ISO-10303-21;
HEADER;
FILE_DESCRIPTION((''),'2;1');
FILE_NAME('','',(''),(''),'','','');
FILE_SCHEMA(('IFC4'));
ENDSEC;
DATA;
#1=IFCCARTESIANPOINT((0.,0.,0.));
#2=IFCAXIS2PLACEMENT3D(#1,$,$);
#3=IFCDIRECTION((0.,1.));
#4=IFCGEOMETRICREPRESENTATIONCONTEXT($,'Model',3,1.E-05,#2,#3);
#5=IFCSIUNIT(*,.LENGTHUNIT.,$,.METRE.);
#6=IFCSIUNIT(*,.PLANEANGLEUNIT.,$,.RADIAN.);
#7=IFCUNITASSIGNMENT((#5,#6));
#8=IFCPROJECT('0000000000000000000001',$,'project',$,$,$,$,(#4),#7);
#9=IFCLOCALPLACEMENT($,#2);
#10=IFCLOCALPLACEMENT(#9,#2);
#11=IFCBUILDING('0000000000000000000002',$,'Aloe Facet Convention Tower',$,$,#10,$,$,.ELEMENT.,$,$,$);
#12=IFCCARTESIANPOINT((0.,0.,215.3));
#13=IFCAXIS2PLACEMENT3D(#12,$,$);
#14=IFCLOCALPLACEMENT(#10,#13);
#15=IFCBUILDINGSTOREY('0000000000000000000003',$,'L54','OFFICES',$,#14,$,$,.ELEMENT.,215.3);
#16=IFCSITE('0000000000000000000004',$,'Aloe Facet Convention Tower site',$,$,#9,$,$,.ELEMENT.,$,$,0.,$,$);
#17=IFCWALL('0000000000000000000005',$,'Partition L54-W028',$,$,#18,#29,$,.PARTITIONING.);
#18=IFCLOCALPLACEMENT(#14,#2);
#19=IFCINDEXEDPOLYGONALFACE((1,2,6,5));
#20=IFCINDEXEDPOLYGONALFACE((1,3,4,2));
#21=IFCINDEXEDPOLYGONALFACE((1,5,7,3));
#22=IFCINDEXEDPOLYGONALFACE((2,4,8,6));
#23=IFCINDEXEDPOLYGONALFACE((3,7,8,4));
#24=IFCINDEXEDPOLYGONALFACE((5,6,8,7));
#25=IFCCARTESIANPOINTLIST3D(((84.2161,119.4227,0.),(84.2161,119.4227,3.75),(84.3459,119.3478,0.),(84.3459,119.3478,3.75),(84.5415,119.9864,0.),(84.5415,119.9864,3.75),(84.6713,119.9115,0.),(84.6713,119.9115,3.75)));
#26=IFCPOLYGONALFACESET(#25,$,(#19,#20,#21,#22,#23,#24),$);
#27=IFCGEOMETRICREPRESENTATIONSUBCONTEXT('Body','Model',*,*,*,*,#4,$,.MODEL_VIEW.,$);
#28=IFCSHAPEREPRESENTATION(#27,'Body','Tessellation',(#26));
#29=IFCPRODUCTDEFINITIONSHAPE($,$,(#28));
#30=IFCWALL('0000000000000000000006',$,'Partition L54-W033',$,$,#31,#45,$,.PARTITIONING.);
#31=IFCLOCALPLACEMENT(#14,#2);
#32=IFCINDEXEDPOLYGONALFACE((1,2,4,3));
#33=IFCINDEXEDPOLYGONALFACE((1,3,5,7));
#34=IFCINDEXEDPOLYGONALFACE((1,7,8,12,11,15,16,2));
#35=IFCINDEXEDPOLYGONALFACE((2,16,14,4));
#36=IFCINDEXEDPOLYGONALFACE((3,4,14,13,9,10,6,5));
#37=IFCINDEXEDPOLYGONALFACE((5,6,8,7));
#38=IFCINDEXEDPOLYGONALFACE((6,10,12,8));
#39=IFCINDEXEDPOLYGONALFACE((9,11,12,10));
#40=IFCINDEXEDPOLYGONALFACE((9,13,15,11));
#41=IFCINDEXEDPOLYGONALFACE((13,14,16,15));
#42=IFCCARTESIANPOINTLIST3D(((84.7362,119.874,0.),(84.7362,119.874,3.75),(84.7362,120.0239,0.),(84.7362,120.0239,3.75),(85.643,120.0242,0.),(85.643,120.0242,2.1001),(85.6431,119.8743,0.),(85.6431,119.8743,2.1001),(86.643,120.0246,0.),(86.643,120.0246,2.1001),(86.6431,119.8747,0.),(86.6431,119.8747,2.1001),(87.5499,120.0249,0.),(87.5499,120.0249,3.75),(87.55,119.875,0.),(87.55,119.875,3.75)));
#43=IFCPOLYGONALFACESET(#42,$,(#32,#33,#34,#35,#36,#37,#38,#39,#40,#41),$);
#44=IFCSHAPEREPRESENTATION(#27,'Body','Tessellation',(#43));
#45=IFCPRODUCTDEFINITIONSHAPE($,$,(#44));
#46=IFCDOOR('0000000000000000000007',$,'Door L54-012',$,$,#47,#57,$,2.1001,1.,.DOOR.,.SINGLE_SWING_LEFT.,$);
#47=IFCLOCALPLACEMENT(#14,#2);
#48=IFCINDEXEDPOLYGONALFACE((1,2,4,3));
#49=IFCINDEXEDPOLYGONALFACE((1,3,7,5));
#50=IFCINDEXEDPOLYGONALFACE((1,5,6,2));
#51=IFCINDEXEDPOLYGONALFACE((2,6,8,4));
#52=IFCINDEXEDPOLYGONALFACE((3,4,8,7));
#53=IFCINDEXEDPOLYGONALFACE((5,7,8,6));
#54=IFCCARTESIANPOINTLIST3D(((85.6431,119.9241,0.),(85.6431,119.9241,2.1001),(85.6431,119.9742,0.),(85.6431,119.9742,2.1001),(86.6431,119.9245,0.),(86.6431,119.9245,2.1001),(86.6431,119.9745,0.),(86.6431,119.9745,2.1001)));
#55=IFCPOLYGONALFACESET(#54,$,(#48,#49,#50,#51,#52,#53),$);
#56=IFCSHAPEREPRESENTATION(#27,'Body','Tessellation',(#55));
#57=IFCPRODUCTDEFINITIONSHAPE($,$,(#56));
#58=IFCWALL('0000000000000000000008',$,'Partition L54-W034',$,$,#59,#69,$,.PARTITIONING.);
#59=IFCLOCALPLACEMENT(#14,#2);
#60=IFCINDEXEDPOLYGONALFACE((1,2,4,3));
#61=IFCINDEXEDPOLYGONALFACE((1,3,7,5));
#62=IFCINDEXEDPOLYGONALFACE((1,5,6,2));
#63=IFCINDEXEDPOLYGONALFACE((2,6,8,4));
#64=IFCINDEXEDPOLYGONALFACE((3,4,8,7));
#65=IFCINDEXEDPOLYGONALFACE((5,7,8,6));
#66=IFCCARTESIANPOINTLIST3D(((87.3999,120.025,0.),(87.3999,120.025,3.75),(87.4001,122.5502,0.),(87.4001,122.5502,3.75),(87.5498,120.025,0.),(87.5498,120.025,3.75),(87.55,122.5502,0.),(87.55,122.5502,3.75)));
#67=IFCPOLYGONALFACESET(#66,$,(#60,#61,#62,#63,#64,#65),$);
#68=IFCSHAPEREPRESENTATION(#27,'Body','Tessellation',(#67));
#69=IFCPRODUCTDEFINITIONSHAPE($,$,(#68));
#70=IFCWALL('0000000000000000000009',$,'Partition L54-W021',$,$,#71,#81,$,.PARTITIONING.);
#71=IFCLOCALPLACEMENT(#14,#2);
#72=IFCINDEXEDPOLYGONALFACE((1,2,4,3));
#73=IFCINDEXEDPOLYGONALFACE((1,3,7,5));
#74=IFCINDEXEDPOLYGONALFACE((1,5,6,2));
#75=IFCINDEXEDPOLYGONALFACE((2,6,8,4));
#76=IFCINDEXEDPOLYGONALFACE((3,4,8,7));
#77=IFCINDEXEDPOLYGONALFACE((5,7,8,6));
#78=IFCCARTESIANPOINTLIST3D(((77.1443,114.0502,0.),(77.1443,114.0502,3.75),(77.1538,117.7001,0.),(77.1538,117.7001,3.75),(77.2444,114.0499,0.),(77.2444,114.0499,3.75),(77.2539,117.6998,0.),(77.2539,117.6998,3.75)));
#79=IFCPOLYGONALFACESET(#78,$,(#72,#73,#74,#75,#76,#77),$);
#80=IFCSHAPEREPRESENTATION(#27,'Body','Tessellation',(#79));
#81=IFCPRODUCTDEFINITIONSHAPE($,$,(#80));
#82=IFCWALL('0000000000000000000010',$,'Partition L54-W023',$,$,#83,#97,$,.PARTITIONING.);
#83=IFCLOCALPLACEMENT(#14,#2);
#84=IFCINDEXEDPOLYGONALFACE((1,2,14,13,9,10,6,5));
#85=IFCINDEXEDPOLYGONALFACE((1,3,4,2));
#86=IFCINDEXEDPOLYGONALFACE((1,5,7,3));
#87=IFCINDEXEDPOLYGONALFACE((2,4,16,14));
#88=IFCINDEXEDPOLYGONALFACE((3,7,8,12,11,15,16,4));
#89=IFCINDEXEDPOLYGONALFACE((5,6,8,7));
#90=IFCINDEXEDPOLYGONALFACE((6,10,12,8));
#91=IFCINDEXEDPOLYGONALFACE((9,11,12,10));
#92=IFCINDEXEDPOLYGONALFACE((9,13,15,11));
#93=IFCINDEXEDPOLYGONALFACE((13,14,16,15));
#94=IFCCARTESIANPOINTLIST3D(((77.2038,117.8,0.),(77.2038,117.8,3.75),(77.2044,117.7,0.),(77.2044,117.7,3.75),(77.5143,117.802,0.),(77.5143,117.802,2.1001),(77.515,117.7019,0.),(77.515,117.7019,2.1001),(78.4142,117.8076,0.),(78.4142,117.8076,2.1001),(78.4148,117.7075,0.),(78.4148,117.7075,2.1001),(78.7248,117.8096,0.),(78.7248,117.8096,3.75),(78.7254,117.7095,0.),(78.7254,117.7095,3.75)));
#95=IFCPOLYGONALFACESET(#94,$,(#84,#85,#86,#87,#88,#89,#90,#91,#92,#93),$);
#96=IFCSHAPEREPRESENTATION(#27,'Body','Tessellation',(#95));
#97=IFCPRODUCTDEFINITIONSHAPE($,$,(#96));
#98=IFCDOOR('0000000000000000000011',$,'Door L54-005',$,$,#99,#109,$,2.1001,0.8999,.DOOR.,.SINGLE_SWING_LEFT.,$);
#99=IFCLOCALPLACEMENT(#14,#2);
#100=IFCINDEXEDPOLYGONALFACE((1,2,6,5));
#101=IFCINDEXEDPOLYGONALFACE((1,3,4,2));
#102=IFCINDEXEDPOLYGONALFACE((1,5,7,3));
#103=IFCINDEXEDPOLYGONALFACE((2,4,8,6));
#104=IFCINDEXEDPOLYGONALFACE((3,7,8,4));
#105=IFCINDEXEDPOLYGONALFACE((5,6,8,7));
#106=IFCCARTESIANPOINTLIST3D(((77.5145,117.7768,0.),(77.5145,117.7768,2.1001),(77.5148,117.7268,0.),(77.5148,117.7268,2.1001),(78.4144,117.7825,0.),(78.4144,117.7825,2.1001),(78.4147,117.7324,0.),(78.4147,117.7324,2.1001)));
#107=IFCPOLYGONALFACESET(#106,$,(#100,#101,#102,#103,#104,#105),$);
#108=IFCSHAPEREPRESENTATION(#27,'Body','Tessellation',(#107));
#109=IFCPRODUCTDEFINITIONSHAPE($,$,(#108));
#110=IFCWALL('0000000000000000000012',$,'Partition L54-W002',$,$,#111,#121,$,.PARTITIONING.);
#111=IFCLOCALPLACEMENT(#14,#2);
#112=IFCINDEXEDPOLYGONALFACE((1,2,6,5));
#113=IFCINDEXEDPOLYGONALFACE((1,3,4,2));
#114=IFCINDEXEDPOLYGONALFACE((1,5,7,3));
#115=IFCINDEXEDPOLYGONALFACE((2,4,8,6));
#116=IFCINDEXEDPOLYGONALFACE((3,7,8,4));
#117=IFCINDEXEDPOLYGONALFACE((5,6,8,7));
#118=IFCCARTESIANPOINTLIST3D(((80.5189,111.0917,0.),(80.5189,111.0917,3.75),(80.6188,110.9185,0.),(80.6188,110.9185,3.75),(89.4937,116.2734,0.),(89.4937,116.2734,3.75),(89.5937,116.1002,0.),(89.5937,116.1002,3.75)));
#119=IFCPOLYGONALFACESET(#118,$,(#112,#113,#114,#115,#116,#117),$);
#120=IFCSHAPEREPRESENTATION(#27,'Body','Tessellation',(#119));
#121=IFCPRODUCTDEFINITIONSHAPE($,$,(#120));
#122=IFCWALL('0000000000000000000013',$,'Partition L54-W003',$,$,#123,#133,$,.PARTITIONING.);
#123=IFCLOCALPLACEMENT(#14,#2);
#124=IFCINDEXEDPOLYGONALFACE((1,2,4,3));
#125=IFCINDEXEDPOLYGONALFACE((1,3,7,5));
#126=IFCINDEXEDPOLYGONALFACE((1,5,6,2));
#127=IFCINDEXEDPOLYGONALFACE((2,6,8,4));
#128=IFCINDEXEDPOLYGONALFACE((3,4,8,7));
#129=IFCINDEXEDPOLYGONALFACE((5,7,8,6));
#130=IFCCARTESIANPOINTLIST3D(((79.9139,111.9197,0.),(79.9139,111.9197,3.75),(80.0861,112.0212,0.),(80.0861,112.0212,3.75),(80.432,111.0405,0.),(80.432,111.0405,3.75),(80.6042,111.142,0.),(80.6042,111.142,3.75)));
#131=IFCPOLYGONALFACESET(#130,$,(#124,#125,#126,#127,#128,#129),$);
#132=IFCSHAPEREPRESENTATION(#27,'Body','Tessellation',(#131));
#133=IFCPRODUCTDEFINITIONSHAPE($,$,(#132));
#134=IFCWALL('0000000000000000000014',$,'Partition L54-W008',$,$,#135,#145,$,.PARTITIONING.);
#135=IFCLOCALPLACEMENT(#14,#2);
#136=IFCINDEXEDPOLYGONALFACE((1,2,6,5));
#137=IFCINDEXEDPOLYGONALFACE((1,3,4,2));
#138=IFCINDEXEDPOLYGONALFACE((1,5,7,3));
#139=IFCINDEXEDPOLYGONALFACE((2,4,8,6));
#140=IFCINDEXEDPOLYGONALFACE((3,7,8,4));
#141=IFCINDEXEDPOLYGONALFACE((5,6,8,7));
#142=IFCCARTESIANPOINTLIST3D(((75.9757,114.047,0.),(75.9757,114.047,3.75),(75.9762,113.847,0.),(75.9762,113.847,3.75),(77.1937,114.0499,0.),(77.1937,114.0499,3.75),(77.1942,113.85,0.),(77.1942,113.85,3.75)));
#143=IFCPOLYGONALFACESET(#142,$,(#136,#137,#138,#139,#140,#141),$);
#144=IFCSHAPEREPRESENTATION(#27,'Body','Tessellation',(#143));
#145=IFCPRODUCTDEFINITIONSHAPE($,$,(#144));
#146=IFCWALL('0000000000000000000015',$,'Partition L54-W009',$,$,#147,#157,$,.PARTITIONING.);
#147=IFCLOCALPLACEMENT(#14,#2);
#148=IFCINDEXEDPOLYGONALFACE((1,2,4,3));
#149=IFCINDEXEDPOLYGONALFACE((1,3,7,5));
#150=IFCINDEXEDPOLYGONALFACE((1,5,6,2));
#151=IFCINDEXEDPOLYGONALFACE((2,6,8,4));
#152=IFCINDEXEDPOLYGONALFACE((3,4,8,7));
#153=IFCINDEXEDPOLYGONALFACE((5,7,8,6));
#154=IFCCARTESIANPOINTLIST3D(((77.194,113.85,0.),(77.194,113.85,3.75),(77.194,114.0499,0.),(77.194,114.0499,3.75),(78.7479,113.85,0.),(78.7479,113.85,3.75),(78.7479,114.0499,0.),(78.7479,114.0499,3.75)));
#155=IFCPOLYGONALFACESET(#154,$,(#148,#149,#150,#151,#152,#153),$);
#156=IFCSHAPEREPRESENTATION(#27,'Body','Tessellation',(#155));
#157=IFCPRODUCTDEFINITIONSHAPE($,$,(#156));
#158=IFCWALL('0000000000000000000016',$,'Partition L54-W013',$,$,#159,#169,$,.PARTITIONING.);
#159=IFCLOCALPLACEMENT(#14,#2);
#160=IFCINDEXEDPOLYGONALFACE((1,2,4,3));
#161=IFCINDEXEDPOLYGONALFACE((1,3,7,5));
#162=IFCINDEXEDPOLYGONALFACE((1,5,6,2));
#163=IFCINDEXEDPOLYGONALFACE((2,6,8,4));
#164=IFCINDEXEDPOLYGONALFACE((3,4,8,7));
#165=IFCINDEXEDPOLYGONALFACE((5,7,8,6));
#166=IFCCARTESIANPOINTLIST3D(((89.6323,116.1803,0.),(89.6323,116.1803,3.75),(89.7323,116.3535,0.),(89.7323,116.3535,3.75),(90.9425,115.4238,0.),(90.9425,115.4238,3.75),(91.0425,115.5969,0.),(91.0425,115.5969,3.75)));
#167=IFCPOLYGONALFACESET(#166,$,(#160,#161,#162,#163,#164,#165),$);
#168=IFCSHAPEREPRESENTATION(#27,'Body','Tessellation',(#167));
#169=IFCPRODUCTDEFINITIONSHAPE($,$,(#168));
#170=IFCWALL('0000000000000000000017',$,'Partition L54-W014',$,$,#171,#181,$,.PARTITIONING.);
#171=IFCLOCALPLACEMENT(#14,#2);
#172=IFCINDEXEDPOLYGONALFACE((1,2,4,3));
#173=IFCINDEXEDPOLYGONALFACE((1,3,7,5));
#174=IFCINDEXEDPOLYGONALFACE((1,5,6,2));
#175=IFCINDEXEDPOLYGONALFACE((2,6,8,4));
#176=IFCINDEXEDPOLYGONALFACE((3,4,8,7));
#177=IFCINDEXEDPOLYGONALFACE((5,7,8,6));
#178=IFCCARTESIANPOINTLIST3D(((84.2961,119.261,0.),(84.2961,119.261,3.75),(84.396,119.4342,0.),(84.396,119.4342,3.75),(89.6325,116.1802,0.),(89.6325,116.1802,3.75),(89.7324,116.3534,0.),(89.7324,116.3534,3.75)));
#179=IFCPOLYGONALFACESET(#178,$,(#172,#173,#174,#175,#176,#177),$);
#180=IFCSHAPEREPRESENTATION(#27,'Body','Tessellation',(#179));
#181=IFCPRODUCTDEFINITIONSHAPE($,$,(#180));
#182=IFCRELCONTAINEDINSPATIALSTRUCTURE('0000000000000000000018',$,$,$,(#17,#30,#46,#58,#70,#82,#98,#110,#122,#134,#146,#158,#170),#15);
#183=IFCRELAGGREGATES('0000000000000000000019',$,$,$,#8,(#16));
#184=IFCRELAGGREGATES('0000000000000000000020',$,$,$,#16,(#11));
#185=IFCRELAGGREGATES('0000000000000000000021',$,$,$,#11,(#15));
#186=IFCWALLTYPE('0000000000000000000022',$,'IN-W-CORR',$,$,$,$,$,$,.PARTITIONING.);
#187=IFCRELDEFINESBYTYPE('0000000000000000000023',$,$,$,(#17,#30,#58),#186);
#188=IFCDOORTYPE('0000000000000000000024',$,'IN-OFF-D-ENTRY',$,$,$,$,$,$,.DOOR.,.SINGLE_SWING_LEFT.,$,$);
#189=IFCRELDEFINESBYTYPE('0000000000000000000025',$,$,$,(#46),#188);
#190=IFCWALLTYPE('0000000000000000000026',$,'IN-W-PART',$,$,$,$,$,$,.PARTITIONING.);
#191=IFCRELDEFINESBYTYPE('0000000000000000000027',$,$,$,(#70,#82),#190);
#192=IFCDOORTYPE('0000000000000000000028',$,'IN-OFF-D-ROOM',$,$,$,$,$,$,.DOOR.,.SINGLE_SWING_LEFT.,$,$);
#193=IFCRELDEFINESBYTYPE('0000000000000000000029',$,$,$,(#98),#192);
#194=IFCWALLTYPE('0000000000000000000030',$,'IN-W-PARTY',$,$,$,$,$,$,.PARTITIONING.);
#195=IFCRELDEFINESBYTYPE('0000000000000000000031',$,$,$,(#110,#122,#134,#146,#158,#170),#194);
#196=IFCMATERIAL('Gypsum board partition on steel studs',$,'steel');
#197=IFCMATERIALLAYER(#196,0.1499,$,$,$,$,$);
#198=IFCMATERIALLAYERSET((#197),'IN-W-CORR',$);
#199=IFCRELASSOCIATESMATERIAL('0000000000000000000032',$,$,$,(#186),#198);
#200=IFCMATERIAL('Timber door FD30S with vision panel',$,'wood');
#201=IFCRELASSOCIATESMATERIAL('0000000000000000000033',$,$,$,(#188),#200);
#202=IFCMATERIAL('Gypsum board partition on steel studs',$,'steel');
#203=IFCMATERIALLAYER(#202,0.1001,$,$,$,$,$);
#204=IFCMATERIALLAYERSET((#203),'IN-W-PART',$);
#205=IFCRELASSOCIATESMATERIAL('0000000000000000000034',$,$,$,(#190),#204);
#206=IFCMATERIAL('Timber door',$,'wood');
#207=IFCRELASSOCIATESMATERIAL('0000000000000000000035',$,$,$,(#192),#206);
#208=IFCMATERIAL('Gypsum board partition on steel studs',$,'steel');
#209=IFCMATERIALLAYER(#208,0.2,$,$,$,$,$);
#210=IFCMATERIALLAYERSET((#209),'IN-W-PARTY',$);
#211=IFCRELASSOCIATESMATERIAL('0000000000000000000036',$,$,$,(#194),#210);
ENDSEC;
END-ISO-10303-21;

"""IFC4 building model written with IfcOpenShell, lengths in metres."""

from ifc_helpers import new_model, si_unit, direction, frame, frame_2d, origin, place, context, subcontext, project, spatial, rectangle, extrude, material, layer, layer_set, type_object, element, fill, save


model = new_model("IFC4")

# Units and contexts
model_context = context("Model", 3, precision=1e-05, world=origin(), true_north=direction((0.0, 1.0)))
body_context = subcontext(model_context, "Body", "Model", "MODEL_VIEW")
ifc_project = project(units=[si_unit("LENGTHUNIT", "METRE"), si_unit("PLANEANGLEUNIT", "RADIAN")], contexts=[model_context])

# Site, building, storey
site_placement = place(None, origin())
site = spatial("IfcSite", under=ifc_project, at=site_placement, Name="Aloe Facet Convention Tower site", CompositionType="ELEMENT", RefElevation=0.0)
building_placement = place(site_placement, origin())
building = spatial("IfcBuilding", under=site, at=building_placement, Name="Aloe Facet Convention Tower", CompositionType="ELEMENT")
storey_placement = place(building_placement, frame((0.0, 0.0, 215.3)))
storey = spatial("IfcBuildingStorey", under=building, at=storey_placement, Name="L54", Description="OFFICES", CompositionType="ELEMENT", Elevation=215.3)

# Shared definitions
ifc_material_1 = material(Name="Gypsum board partition on steel studs", Category="steel")
ifc_layer_1 = layer(ifc_material_1, 0.1499)
ifc_layer_set_1 = layer_set([ifc_layer_1], Name="IN-W-CORR")
wall_type_1 = type_object("IfcWallType", Name="IN-W-CORR", PredefinedType="PARTITIONING", material=ifc_layer_set_1)
ifc_material_2 = material(Name="Timber door FD30S with vision panel", Category="wood")
door_type_1 = type_object("IfcDoorType", Name="IN-OFF-D-ENTRY", OperationType="SINGLE_SWING_LEFT", PredefinedType="DOOR", material=ifc_material_2)

# Wall
wall_1_placement = place(storey_placement, frame((84.281, 119.3853, 0.0), z_axis=(0.0, 0.0, 1.0), x_axis=(0.499971, 0.866042, 0.0)))
element("IfcWall", 1, at=wall_1_placement, inside=storey, type_object=wall_type_1, Name="Partition L54-W028", PredefinedType="PARTITIONING", context=body_context, shape_type="SweptSolid", body=[
    extrude(rectangle(XDim=0.6509, YDim=0.1499, at=frame_2d((0.3254, 0.0))), origin(), (0.0, 0.0, 1.0), 3.75),
])

# Wall, opening, door
wall_2_placement = place(storey_placement, frame((84.7363, 119.949, 0.0), z_axis=(0.0, 0.0, 1.0), x_axis=(1.0, 0.000347, 0.0)))
wall_2 = element("IfcWall", 2, at=wall_2_placement, inside=storey, type_object=wall_type_1, Name="Partition L54-W033", PredefinedType="PARTITIONING", context=body_context, shape_type="SweptSolid", body=[
    extrude(rectangle(XDim=2.8137, YDim=0.1499, at=frame_2d((1.4067, 0.0))), origin(), (0.0, 0.0, 1.0), 3.75),
])
opening_1_placement = place(wall_2_placement, frame((0.9067, 0.0, 0.0)))
opening_1 = element("IfcOpeningElement", 3, at=opening_1_placement, cuts=wall_2, PredefinedType="OPENING", context=body_context, shape_type="SweptSolid", body=[
    extrude(rectangle(XDim=1.0, YDim=2.1001, at=frame_2d((0.5, 1.05))), frame((0.0, 0.085, 0.0), z_axis=(0.0, -1.0, 0.0), x_axis=(1.0, 0.0, 0.0)), (0.0, 0.0, 1.0), 0.1699),
])
door_1_placement = place(opening_1_placement, origin())
door_1 = element("IfcDoor", 4, at=door_1_placement, inside=storey, type_object=door_type_1, Name="Door L54-012", OperationType="SINGLE_SWING_LEFT", OverallHeight=2.1001, OverallWidth=1.0, PredefinedType="DOOR", context=body_context, shape_type="SweptSolid", body=[
    extrude(rectangle(XDim=1.0, YDim=2.1001, at=frame_2d((0.5, 1.05))), frame((0.0, 0.0249, 0.0), z_axis=(0.0, -1.0, 0.0), x_axis=(1.0, 0.0, 0.0)), (0.0, 0.0, 1.0), 0.05),
])
fill(opening_1, door_1)

# Walls
wall_3_placement = place(storey_placement, frame((87.4749, 120.0249, 0.0), z_axis=(0.0, 0.0, 1.0), x_axis=(0.000097, 1.0, 0.0)))
element("IfcWall", 5, at=wall_3_placement, inside=storey, type_object=wall_type_1, Name="Partition L54-W034", PredefinedType="PARTITIONING", context=body_context, shape_type="SweptSolid", body=[
    extrude(rectangle(XDim=2.5251, YDim=0.1499, at=frame_2d((1.2627, 0.0))), origin(), (0.0, 0.0, 1.0), 3.75),
])
ifc_material_3 = material(Name="Gypsum board partition on steel studs", Category="steel")
ifc_layer_2 = layer(ifc_material_3, 0.1001)
ifc_layer_set_2 = layer_set([ifc_layer_2], Name="IN-W-PART")
wall_type_2 = type_object("IfcWallType", Name="IN-W-PART", PredefinedType="PARTITIONING", material=ifc_layer_set_2)
wall_4_placement = place(storey_placement, frame((77.1943, 114.05, 0.0), z_axis=(0.0, 0.0, 1.0), x_axis=(0.002609, 0.999997, 0.0)))
element("IfcWall", 6, at=wall_4_placement, inside=storey, type_object=wall_type_2, Name="Partition L54-W021", PredefinedType="PARTITIONING", context=body_context, shape_type="SweptSolid", body=[
    extrude(rectangle(XDim=3.6499, YDim=0.1001, at=frame_2d((1.825, 0.0))), origin(), (0.0, 0.0, 1.0), 3.75),
])

# Wall, opening, door
wall_5_placement = place(storey_placement, frame((77.2041, 117.75, 0.0), z_axis=(0.0, 0.0, 1.0), x_axis=(0.99998, 0.00626, 0.0)))
wall_5 = element("IfcWall", 7, at=wall_5_placement, inside=storey, type_object=wall_type_2, Name="Partition L54-W023", PredefinedType="PARTITIONING", context=body_context, shape_type="SweptSolid", body=[
    extrude(rectangle(XDim=1.521, YDim=0.1001, at=frame_2d((0.7605, 0.0))), origin(), (0.0, 0.0, 1.0), 3.75),
])
opening_2_placement = place(wall_5_placement, frame((0.3105, 0.0, 0.0)))
opening_2 = element("IfcOpeningElement", 8, at=opening_2_placement, cuts=wall_5, PredefinedType="OPENING", context=body_context, shape_type="SweptSolid", body=[
    extrude(rectangle(XDim=0.8999, YDim=2.1001, at=frame_2d((0.45, 1.05))), frame((0.0, 0.0601, 0.0), z_axis=(0.0, -1.0, 0.0), x_axis=(1.0, 0.0, 0.0)), (0.0, 0.0, 1.0), 0.1201),
])
ifc_material_4 = material(Name="Timber door", Category="wood")
door_type_2 = type_object("IfcDoorType", Name="IN-OFF-D-ROOM", OperationType="SINGLE_SWING_LEFT", PredefinedType="DOOR", material=ifc_material_4)
door_2_placement = place(opening_2_placement, origin())
door_2 = element("IfcDoor", 9, at=door_2_placement, inside=storey, type_object=door_type_2, Name="Door L54-005", OperationType="SINGLE_SWING_LEFT", OverallHeight=2.1001, OverallWidth=0.8999, PredefinedType="DOOR", context=body_context, shape_type="SweptSolid", body=[
    extrude(rectangle(XDim=0.8999, YDim=2.1001, at=frame_2d((0.45, 1.05))), frame((0.0, 0.0249, 0.0), z_axis=(0.0, -1.0, 0.0), x_axis=(1.0, 0.0, 0.0)), (0.0, 0.0, 1.0), 0.05),
])
fill(opening_2, door_2)

# Walls
ifc_material_5 = material(Name="Gypsum board partition on steel studs", Category="steel")
ifc_layer_3 = layer(ifc_material_5, 0.2)
ifc_layer_set_3 = layer_set([ifc_layer_3], Name="IN-W-PARTY")
wall_type_3 = type_object("IfcWallType", Name="IN-W-PARTY", PredefinedType="PARTITIONING", material=ifc_layer_set_3)
wall_6_placement = place(storey_placement, frame((80.5688, 111.0051, 0.0), z_axis=(0.0, 0.0, 1.0), x_axis=(0.866025, 0.5, 0.0)))
element("IfcWall", 10, at=wall_6_placement, inside=storey, type_object=wall_type_3, Name="Partition L54-W002", PredefinedType="PARTITIONING", context=body_context, shape_type="SweptSolid", body=[
    extrude(rectangle(XDim=10.3633, YDim=0.2, at=frame_2d((5.1816, 0.0))), origin(), (0.0, 0.0, 1.0), 3.75),
])
wall_7_placement = place(storey_placement, frame((80.0, 111.9705, 0.0), z_axis=(0.0, 0.0, 1.0), x_axis=(0.507689, -0.86154, 0.0)))
element("IfcWall", 11, at=wall_7_placement, inside=storey, type_object=wall_type_3, Name="Partition L54-W003", PredefinedType="PARTITIONING", context=body_context, shape_type="SweptSolid", body=[
    extrude(rectangle(XDim=1.0205, YDim=0.2, at=frame_2d((0.5103, 0.0))), origin(), (0.0, 0.0, 1.0), 3.75),
])
wall_8_placement = place(storey_placement, frame((75.9761, 113.947, 0.0), z_axis=(0.0, 0.0, 1.0), x_axis=(0.999997, 0.002405, 0.0)))
element("IfcWall", 12, at=wall_8_placement, inside=storey, type_object=wall_type_3, Name="Partition L54-W008", PredefinedType="PARTITIONING", context=body_context, shape_type="SweptSolid", body=[
    extrude(rectangle(XDim=1.218, YDim=0.2, at=frame_2d((0.6089, 0.0))), origin(), (0.0, 0.0, 1.0), 3.75),
])
wall_9_placement = place(storey_placement, frame((77.1941, 113.95, 0.0), z_axis=(0.0, 0.0, 1.0), x_axis=(1.0, 0.0, 0.0)))
element("IfcWall", 13, at=wall_9_placement, inside=storey, type_object=wall_type_3, Name="Partition L54-W009", PredefinedType="PARTITIONING", context=body_context, shape_type="SweptSolid", body=[
    extrude(rectangle(XDim=1.554, YDim=0.2, at=frame_2d((0.7769, 0.0))), origin(), (0.0, 0.0, 1.0), 3.75),
])
wall_10_placement = place(storey_placement, frame((89.6824, 116.2668, 0.0), z_axis=(0.0, 0.0, 1.0), x_axis=(0.866, -0.500044, 0.0)))
element("IfcWall", 14, at=wall_10_placement, inside=storey, type_object=wall_type_3, Name="Partition L54-W013", PredefinedType="PARTITIONING", context=body_context, shape_type="SweptSolid", body=[
    extrude(rectangle(XDim=1.5129, YDim=0.2, at=frame_2d((0.7563, 0.0))), origin(), (0.0, 0.0, 1.0), 3.75),
])
wall_11_placement = place(storey_placement, frame((84.3459, 119.3477, 0.0), z_axis=(0.0, 0.0, 1.0), x_axis=(0.866038, -0.499979, 0.0)))
element("IfcWall", 15, at=wall_11_placement, inside=storey, type_object=wall_type_3, Name="Partition L54-W014", PredefinedType="PARTITIONING", context=body_context, shape_type="SweptSolid", body=[
    extrude(rectangle(XDim=6.1619, YDim=0.2, at=frame_2d((3.0811, 0.0))), origin(), (0.0, 0.0, 1.0), 3.75),
])

save(model, "model.ifc")
